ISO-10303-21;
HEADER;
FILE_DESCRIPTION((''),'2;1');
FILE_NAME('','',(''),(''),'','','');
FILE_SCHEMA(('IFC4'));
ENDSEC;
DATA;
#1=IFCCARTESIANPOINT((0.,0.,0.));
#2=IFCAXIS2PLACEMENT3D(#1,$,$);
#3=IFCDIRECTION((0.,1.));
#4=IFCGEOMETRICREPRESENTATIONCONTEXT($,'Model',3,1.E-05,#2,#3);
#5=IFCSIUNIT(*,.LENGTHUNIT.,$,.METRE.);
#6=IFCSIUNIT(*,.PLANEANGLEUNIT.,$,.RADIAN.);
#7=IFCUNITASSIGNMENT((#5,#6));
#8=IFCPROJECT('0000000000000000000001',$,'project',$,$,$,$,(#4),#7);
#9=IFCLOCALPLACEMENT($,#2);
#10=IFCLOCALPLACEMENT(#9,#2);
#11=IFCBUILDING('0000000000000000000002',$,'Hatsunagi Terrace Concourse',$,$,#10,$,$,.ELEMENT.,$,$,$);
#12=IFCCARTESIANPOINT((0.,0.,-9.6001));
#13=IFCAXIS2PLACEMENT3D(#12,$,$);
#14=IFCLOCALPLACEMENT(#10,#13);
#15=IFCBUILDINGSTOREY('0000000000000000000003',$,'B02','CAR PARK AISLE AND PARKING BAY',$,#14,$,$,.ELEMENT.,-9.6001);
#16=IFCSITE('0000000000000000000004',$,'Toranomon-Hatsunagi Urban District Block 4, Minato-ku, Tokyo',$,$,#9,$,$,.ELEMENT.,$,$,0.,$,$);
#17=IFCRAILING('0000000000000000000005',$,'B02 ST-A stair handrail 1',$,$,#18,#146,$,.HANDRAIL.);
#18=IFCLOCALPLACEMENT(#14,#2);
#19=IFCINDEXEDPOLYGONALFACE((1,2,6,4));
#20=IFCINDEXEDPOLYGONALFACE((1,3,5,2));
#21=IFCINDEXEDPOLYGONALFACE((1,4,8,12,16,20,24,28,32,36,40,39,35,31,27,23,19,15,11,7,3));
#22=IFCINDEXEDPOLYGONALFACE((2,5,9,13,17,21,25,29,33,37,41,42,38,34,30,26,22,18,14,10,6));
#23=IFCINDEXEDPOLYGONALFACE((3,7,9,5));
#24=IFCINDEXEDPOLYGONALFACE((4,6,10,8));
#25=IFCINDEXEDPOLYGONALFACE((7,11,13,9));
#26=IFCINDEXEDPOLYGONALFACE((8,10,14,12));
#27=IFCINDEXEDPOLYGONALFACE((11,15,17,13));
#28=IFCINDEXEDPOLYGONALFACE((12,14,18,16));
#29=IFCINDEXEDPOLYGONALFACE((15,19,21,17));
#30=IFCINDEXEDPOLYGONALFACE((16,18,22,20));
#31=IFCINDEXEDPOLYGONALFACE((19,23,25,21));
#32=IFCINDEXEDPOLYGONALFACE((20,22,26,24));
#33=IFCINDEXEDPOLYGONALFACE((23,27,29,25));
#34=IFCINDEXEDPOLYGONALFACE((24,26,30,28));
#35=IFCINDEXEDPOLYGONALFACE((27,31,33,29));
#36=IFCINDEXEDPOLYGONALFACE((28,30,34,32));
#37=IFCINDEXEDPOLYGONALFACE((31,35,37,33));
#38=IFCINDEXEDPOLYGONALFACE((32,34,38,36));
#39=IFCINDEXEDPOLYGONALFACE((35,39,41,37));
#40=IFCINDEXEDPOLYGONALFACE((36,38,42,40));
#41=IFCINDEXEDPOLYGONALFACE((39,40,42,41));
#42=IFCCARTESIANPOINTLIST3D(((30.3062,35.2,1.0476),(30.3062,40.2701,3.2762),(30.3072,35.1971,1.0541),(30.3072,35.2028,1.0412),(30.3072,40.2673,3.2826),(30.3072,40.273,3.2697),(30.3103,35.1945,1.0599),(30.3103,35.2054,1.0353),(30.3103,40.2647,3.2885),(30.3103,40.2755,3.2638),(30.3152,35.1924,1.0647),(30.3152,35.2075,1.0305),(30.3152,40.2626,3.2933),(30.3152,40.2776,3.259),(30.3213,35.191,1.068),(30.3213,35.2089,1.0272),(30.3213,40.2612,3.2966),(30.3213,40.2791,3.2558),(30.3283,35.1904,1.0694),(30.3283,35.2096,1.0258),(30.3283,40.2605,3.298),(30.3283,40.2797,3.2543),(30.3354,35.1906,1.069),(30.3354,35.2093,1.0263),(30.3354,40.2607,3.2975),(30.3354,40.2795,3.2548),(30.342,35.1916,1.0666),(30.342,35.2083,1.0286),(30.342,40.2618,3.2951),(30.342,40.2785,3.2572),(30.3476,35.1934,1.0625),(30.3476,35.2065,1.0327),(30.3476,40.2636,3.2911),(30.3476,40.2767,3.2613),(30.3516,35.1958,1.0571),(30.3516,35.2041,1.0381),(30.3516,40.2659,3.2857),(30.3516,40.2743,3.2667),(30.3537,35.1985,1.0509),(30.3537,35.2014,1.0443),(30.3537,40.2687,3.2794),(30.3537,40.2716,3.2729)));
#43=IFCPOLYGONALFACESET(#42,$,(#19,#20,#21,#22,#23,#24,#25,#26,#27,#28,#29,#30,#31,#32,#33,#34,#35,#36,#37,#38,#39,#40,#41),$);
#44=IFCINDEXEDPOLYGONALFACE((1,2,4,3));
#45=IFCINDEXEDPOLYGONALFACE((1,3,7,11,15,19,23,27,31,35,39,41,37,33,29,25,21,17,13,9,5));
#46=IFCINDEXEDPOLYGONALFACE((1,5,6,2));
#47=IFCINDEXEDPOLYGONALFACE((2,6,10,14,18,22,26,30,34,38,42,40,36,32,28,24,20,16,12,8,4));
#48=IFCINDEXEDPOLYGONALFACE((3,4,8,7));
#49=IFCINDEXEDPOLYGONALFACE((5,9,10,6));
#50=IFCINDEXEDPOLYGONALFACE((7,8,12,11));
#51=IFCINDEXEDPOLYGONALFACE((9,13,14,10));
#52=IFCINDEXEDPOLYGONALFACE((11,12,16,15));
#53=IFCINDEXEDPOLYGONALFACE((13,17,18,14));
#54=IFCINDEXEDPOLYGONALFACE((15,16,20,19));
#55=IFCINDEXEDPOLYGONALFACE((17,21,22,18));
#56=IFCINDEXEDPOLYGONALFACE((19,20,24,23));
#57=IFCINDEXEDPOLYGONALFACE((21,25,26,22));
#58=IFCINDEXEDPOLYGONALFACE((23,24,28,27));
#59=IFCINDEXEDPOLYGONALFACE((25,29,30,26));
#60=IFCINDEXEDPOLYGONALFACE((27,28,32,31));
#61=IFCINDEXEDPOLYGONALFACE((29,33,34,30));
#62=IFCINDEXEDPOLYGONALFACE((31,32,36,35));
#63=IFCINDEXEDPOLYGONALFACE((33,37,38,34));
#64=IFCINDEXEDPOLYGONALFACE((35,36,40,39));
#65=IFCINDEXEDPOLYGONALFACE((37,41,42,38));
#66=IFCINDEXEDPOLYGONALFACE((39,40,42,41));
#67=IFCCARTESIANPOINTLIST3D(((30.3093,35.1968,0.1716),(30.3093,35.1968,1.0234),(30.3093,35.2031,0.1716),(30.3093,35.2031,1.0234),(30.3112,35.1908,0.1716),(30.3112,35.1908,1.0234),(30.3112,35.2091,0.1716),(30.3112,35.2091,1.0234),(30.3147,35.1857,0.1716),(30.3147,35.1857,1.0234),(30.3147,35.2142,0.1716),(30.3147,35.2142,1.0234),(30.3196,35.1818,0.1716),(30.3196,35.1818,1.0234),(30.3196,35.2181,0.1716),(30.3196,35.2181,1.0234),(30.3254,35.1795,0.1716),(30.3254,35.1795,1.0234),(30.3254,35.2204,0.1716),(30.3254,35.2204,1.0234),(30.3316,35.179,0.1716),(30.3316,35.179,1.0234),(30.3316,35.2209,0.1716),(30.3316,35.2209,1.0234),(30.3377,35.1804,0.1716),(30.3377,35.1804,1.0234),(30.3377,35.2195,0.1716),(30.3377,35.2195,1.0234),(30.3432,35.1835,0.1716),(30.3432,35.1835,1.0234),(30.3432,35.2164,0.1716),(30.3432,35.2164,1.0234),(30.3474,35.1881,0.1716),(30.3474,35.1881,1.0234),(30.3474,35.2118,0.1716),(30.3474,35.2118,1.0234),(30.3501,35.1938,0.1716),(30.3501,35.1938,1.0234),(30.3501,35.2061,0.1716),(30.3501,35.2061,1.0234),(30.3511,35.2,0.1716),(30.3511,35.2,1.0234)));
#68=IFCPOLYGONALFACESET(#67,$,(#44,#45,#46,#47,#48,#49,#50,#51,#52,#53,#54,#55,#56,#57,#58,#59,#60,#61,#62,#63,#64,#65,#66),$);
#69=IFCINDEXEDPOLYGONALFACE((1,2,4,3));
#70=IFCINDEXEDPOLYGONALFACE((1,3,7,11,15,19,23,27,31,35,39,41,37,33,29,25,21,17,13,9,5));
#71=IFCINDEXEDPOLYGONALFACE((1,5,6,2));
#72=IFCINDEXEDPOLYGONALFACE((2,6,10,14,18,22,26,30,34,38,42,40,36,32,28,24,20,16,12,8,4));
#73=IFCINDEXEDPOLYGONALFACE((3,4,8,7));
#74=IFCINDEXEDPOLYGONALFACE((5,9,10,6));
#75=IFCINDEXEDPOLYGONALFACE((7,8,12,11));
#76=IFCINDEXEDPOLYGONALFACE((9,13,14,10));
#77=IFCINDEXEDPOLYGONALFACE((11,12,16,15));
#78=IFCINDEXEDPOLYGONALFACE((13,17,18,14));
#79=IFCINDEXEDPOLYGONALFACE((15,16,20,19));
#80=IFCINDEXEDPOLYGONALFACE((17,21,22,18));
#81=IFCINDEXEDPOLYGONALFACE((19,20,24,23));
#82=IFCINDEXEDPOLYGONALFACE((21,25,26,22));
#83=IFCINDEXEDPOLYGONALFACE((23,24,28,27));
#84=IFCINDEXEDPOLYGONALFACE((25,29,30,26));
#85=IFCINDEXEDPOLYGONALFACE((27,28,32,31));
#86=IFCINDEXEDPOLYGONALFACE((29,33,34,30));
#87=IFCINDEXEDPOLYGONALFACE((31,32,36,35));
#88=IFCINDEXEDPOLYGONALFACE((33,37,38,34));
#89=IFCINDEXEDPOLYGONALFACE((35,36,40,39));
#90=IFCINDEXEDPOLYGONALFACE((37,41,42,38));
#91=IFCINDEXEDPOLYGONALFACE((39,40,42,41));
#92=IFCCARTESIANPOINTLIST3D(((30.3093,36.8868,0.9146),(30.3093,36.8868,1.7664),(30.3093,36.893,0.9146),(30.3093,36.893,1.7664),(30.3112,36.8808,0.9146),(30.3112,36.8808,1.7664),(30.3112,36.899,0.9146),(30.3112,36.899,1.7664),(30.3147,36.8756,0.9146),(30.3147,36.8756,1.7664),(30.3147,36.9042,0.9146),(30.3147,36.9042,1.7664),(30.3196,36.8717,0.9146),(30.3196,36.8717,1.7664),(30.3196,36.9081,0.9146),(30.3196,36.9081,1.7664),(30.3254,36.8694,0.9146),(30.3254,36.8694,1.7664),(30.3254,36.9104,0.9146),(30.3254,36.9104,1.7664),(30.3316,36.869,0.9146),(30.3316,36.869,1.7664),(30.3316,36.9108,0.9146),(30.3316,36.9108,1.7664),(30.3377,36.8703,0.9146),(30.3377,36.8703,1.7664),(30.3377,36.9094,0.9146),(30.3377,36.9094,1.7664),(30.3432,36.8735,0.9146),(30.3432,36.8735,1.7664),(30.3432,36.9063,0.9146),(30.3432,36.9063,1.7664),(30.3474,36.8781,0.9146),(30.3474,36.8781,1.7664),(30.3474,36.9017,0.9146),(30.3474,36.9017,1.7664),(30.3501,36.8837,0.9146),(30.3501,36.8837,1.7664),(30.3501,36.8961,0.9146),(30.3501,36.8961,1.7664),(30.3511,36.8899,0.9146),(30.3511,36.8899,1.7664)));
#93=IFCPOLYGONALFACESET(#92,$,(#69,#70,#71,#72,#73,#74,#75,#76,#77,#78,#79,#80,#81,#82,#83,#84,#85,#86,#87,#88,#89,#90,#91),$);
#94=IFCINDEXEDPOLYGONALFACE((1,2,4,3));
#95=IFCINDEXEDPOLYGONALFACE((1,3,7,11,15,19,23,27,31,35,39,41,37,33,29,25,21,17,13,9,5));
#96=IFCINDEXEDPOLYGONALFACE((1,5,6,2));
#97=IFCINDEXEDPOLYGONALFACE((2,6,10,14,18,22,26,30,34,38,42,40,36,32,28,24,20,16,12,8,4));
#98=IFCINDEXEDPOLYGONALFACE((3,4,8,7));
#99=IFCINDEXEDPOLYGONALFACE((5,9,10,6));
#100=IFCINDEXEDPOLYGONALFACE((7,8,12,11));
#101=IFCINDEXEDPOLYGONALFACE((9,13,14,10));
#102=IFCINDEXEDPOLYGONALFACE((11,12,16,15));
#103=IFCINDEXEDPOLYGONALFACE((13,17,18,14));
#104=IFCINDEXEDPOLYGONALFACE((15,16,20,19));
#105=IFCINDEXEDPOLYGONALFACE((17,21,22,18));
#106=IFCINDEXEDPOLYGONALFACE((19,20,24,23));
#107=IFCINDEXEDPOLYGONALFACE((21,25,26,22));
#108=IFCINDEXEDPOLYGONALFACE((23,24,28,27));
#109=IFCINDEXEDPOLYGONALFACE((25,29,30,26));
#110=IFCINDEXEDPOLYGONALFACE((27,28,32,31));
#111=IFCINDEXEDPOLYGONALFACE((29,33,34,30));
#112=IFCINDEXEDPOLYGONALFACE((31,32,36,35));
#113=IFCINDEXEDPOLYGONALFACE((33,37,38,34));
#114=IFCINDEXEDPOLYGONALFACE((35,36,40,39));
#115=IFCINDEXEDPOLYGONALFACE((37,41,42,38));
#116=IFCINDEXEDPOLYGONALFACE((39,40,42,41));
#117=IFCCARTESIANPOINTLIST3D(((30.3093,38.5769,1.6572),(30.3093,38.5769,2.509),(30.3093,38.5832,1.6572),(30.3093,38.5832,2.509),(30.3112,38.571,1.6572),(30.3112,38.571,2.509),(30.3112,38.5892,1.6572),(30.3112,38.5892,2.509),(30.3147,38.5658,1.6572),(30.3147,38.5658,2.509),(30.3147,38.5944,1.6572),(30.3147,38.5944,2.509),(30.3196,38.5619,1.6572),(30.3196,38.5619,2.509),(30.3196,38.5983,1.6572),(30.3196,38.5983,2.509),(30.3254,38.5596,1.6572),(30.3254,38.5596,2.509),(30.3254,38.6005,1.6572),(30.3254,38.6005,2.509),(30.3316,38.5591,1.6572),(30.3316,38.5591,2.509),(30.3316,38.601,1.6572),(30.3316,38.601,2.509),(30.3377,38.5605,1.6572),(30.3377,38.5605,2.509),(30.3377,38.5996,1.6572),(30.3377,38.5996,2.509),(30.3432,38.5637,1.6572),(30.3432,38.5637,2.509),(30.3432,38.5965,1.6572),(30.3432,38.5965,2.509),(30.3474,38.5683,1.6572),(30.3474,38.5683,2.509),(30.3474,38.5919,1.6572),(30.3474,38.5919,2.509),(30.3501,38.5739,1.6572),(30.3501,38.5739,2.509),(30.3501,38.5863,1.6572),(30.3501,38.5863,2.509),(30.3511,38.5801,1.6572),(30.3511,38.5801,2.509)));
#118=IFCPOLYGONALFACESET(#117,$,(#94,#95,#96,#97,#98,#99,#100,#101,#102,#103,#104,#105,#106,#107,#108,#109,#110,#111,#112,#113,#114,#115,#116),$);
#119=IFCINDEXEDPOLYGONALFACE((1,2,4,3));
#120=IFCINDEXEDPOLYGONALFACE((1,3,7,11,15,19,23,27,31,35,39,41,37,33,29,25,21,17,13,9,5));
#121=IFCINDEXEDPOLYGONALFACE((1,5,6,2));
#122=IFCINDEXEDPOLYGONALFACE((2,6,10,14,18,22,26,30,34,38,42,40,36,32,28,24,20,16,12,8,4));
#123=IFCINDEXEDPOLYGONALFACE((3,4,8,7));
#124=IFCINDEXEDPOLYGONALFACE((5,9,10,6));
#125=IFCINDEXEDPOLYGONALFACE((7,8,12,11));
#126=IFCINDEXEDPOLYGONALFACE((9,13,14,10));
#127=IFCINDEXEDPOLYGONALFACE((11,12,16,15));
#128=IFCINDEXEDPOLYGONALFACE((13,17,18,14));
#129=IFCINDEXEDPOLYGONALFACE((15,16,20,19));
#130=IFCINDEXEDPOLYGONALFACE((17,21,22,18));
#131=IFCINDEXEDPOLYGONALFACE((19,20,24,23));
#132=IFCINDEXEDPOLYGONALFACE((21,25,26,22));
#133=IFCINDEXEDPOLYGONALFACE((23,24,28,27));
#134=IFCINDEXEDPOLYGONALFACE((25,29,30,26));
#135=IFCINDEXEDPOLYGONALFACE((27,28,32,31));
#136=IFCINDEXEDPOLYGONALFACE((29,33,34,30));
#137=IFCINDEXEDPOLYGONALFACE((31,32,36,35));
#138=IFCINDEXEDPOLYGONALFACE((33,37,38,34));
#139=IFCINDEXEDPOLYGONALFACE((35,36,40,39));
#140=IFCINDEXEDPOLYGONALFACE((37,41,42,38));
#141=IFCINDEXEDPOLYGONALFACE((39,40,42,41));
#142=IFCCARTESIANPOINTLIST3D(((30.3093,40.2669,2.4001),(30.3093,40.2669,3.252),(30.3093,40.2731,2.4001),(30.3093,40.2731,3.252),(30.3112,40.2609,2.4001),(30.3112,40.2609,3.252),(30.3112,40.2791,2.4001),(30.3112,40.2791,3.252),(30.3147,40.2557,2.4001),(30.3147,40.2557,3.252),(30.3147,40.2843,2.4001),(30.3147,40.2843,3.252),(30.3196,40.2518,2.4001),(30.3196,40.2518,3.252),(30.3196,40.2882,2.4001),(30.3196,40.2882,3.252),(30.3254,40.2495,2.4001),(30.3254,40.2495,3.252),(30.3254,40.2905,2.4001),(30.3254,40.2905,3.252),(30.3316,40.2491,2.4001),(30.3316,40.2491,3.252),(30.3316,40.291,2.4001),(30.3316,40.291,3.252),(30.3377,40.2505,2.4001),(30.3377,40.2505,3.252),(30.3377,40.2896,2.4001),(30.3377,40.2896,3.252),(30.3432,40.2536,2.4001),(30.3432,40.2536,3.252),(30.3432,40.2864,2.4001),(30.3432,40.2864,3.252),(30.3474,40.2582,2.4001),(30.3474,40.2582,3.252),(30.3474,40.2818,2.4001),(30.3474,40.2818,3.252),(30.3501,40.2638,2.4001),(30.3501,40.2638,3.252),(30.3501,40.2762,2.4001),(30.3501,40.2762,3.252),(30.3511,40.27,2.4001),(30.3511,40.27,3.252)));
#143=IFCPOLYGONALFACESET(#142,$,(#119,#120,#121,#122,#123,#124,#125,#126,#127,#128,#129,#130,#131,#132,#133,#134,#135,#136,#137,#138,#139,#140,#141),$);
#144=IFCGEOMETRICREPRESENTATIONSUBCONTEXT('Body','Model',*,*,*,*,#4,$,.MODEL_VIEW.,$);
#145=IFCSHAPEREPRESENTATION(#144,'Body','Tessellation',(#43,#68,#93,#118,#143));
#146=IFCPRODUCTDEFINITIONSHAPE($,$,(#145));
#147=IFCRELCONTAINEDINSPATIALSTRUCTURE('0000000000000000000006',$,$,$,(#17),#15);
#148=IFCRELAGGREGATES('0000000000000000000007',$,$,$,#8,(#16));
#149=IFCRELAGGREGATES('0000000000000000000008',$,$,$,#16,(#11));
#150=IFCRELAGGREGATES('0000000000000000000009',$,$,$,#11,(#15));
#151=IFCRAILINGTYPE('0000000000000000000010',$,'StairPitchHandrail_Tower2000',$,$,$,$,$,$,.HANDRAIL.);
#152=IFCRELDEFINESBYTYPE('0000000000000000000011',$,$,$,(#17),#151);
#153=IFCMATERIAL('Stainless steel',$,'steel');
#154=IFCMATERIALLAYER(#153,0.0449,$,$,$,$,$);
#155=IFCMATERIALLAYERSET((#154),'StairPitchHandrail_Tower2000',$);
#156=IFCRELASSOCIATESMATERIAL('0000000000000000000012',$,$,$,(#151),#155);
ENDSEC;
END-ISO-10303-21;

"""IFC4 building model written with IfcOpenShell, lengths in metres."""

from ifc_helpers import new_model, si_unit, direction, frame, origin, origin_2d, place, context, subcontext, project, spatial, circle, extrude, material, layer, layer_set, type_object, element, save


model = new_model("IFC4")

# Units and contexts
model_context = context("Model", 3, precision=1e-05, world=origin(), true_north=direction((0.0, 1.0)))
body_context = subcontext(model_context, "Body", "Model", "MODEL_VIEW")
ifc_project = project(units=[si_unit("LENGTHUNIT", "METRE"), si_unit("PLANEANGLEUNIT", "RADIAN")], contexts=[model_context])

# Site, building, storey
site_placement = place(None, origin())
site = spatial("IfcSite", under=ifc_project, at=site_placement, Name="Toranomon-Hatsunagi Urban District Block 4, Minato-ku, Tokyo", CompositionType="ELEMENT", RefElevation=0.0)
building_placement = place(site_placement, origin())
building = spatial("IfcBuilding", under=site, at=building_placement, Name="Hatsunagi Terrace Concourse", CompositionType="ELEMENT")
storey_placement = place(building_placement, frame((0.0, 0.0, -9.6001)))
storey = spatial("IfcBuildingStorey", under=building, at=storey_placement, Name="B02", Description="CAR PARK AISLE AND PARKING BAY", CompositionType="ELEMENT", Elevation=-9.6001)

# Railing
ifc_material_1 = material(Name="Stainless steel", Category="steel")
ifc_layer_1 = layer(ifc_material_1, 0.0449)
ifc_layer_set_1 = layer_set([ifc_layer_1], Name="StairPitchHandrail_Tower2000")
railing_type_1 = type_object("IfcRailingType", Name="StairPitchHandrail_Tower2000", PredefinedType="HANDRAIL", material=ifc_layer_set_1)
railing_1_placement = place(storey_placement, frame((30.3301, 35.2, 0.1716)))
element("IfcRailing", 1, at=railing_1_placement, inside=storey, type_object=railing_type_1, Name="B02 ST-A stair handrail 1", PredefinedType="HANDRAIL", context=body_context, shape_type="SweptSolid", body=[
    extrude(circle(Radius=0.0239, at=origin_2d()), frame((0.0, 0.0, 0.876), z_axis=(0.0, 0.915469, 0.402388), x_axis=(-1.0, 0.0, 0.0)), (0.0, 0.0, 1.0), 5.5383),
    extrude(circle(Radius=0.021, at=origin_2d()), origin(), (0.0, 0.0, 1.0), 0.8518),
    extrude(circle(Radius=0.021, at=origin_2d()), frame((0.0, 1.6899, 0.7429)), (0.0, 0.0, 1.0), 0.8518),
    extrude(circle(Radius=0.021, at=origin_2d()), frame((0.0, 3.3801, 1.4856)), (0.0, 0.0, 1.0), 0.8518),
    extrude(circle(Radius=0.021, at=origin_2d()), frame((0.0, 5.0701, 2.2285)), (0.0, 0.0, 1.0), 0.8518),
])

save(model, "model.ifc")
